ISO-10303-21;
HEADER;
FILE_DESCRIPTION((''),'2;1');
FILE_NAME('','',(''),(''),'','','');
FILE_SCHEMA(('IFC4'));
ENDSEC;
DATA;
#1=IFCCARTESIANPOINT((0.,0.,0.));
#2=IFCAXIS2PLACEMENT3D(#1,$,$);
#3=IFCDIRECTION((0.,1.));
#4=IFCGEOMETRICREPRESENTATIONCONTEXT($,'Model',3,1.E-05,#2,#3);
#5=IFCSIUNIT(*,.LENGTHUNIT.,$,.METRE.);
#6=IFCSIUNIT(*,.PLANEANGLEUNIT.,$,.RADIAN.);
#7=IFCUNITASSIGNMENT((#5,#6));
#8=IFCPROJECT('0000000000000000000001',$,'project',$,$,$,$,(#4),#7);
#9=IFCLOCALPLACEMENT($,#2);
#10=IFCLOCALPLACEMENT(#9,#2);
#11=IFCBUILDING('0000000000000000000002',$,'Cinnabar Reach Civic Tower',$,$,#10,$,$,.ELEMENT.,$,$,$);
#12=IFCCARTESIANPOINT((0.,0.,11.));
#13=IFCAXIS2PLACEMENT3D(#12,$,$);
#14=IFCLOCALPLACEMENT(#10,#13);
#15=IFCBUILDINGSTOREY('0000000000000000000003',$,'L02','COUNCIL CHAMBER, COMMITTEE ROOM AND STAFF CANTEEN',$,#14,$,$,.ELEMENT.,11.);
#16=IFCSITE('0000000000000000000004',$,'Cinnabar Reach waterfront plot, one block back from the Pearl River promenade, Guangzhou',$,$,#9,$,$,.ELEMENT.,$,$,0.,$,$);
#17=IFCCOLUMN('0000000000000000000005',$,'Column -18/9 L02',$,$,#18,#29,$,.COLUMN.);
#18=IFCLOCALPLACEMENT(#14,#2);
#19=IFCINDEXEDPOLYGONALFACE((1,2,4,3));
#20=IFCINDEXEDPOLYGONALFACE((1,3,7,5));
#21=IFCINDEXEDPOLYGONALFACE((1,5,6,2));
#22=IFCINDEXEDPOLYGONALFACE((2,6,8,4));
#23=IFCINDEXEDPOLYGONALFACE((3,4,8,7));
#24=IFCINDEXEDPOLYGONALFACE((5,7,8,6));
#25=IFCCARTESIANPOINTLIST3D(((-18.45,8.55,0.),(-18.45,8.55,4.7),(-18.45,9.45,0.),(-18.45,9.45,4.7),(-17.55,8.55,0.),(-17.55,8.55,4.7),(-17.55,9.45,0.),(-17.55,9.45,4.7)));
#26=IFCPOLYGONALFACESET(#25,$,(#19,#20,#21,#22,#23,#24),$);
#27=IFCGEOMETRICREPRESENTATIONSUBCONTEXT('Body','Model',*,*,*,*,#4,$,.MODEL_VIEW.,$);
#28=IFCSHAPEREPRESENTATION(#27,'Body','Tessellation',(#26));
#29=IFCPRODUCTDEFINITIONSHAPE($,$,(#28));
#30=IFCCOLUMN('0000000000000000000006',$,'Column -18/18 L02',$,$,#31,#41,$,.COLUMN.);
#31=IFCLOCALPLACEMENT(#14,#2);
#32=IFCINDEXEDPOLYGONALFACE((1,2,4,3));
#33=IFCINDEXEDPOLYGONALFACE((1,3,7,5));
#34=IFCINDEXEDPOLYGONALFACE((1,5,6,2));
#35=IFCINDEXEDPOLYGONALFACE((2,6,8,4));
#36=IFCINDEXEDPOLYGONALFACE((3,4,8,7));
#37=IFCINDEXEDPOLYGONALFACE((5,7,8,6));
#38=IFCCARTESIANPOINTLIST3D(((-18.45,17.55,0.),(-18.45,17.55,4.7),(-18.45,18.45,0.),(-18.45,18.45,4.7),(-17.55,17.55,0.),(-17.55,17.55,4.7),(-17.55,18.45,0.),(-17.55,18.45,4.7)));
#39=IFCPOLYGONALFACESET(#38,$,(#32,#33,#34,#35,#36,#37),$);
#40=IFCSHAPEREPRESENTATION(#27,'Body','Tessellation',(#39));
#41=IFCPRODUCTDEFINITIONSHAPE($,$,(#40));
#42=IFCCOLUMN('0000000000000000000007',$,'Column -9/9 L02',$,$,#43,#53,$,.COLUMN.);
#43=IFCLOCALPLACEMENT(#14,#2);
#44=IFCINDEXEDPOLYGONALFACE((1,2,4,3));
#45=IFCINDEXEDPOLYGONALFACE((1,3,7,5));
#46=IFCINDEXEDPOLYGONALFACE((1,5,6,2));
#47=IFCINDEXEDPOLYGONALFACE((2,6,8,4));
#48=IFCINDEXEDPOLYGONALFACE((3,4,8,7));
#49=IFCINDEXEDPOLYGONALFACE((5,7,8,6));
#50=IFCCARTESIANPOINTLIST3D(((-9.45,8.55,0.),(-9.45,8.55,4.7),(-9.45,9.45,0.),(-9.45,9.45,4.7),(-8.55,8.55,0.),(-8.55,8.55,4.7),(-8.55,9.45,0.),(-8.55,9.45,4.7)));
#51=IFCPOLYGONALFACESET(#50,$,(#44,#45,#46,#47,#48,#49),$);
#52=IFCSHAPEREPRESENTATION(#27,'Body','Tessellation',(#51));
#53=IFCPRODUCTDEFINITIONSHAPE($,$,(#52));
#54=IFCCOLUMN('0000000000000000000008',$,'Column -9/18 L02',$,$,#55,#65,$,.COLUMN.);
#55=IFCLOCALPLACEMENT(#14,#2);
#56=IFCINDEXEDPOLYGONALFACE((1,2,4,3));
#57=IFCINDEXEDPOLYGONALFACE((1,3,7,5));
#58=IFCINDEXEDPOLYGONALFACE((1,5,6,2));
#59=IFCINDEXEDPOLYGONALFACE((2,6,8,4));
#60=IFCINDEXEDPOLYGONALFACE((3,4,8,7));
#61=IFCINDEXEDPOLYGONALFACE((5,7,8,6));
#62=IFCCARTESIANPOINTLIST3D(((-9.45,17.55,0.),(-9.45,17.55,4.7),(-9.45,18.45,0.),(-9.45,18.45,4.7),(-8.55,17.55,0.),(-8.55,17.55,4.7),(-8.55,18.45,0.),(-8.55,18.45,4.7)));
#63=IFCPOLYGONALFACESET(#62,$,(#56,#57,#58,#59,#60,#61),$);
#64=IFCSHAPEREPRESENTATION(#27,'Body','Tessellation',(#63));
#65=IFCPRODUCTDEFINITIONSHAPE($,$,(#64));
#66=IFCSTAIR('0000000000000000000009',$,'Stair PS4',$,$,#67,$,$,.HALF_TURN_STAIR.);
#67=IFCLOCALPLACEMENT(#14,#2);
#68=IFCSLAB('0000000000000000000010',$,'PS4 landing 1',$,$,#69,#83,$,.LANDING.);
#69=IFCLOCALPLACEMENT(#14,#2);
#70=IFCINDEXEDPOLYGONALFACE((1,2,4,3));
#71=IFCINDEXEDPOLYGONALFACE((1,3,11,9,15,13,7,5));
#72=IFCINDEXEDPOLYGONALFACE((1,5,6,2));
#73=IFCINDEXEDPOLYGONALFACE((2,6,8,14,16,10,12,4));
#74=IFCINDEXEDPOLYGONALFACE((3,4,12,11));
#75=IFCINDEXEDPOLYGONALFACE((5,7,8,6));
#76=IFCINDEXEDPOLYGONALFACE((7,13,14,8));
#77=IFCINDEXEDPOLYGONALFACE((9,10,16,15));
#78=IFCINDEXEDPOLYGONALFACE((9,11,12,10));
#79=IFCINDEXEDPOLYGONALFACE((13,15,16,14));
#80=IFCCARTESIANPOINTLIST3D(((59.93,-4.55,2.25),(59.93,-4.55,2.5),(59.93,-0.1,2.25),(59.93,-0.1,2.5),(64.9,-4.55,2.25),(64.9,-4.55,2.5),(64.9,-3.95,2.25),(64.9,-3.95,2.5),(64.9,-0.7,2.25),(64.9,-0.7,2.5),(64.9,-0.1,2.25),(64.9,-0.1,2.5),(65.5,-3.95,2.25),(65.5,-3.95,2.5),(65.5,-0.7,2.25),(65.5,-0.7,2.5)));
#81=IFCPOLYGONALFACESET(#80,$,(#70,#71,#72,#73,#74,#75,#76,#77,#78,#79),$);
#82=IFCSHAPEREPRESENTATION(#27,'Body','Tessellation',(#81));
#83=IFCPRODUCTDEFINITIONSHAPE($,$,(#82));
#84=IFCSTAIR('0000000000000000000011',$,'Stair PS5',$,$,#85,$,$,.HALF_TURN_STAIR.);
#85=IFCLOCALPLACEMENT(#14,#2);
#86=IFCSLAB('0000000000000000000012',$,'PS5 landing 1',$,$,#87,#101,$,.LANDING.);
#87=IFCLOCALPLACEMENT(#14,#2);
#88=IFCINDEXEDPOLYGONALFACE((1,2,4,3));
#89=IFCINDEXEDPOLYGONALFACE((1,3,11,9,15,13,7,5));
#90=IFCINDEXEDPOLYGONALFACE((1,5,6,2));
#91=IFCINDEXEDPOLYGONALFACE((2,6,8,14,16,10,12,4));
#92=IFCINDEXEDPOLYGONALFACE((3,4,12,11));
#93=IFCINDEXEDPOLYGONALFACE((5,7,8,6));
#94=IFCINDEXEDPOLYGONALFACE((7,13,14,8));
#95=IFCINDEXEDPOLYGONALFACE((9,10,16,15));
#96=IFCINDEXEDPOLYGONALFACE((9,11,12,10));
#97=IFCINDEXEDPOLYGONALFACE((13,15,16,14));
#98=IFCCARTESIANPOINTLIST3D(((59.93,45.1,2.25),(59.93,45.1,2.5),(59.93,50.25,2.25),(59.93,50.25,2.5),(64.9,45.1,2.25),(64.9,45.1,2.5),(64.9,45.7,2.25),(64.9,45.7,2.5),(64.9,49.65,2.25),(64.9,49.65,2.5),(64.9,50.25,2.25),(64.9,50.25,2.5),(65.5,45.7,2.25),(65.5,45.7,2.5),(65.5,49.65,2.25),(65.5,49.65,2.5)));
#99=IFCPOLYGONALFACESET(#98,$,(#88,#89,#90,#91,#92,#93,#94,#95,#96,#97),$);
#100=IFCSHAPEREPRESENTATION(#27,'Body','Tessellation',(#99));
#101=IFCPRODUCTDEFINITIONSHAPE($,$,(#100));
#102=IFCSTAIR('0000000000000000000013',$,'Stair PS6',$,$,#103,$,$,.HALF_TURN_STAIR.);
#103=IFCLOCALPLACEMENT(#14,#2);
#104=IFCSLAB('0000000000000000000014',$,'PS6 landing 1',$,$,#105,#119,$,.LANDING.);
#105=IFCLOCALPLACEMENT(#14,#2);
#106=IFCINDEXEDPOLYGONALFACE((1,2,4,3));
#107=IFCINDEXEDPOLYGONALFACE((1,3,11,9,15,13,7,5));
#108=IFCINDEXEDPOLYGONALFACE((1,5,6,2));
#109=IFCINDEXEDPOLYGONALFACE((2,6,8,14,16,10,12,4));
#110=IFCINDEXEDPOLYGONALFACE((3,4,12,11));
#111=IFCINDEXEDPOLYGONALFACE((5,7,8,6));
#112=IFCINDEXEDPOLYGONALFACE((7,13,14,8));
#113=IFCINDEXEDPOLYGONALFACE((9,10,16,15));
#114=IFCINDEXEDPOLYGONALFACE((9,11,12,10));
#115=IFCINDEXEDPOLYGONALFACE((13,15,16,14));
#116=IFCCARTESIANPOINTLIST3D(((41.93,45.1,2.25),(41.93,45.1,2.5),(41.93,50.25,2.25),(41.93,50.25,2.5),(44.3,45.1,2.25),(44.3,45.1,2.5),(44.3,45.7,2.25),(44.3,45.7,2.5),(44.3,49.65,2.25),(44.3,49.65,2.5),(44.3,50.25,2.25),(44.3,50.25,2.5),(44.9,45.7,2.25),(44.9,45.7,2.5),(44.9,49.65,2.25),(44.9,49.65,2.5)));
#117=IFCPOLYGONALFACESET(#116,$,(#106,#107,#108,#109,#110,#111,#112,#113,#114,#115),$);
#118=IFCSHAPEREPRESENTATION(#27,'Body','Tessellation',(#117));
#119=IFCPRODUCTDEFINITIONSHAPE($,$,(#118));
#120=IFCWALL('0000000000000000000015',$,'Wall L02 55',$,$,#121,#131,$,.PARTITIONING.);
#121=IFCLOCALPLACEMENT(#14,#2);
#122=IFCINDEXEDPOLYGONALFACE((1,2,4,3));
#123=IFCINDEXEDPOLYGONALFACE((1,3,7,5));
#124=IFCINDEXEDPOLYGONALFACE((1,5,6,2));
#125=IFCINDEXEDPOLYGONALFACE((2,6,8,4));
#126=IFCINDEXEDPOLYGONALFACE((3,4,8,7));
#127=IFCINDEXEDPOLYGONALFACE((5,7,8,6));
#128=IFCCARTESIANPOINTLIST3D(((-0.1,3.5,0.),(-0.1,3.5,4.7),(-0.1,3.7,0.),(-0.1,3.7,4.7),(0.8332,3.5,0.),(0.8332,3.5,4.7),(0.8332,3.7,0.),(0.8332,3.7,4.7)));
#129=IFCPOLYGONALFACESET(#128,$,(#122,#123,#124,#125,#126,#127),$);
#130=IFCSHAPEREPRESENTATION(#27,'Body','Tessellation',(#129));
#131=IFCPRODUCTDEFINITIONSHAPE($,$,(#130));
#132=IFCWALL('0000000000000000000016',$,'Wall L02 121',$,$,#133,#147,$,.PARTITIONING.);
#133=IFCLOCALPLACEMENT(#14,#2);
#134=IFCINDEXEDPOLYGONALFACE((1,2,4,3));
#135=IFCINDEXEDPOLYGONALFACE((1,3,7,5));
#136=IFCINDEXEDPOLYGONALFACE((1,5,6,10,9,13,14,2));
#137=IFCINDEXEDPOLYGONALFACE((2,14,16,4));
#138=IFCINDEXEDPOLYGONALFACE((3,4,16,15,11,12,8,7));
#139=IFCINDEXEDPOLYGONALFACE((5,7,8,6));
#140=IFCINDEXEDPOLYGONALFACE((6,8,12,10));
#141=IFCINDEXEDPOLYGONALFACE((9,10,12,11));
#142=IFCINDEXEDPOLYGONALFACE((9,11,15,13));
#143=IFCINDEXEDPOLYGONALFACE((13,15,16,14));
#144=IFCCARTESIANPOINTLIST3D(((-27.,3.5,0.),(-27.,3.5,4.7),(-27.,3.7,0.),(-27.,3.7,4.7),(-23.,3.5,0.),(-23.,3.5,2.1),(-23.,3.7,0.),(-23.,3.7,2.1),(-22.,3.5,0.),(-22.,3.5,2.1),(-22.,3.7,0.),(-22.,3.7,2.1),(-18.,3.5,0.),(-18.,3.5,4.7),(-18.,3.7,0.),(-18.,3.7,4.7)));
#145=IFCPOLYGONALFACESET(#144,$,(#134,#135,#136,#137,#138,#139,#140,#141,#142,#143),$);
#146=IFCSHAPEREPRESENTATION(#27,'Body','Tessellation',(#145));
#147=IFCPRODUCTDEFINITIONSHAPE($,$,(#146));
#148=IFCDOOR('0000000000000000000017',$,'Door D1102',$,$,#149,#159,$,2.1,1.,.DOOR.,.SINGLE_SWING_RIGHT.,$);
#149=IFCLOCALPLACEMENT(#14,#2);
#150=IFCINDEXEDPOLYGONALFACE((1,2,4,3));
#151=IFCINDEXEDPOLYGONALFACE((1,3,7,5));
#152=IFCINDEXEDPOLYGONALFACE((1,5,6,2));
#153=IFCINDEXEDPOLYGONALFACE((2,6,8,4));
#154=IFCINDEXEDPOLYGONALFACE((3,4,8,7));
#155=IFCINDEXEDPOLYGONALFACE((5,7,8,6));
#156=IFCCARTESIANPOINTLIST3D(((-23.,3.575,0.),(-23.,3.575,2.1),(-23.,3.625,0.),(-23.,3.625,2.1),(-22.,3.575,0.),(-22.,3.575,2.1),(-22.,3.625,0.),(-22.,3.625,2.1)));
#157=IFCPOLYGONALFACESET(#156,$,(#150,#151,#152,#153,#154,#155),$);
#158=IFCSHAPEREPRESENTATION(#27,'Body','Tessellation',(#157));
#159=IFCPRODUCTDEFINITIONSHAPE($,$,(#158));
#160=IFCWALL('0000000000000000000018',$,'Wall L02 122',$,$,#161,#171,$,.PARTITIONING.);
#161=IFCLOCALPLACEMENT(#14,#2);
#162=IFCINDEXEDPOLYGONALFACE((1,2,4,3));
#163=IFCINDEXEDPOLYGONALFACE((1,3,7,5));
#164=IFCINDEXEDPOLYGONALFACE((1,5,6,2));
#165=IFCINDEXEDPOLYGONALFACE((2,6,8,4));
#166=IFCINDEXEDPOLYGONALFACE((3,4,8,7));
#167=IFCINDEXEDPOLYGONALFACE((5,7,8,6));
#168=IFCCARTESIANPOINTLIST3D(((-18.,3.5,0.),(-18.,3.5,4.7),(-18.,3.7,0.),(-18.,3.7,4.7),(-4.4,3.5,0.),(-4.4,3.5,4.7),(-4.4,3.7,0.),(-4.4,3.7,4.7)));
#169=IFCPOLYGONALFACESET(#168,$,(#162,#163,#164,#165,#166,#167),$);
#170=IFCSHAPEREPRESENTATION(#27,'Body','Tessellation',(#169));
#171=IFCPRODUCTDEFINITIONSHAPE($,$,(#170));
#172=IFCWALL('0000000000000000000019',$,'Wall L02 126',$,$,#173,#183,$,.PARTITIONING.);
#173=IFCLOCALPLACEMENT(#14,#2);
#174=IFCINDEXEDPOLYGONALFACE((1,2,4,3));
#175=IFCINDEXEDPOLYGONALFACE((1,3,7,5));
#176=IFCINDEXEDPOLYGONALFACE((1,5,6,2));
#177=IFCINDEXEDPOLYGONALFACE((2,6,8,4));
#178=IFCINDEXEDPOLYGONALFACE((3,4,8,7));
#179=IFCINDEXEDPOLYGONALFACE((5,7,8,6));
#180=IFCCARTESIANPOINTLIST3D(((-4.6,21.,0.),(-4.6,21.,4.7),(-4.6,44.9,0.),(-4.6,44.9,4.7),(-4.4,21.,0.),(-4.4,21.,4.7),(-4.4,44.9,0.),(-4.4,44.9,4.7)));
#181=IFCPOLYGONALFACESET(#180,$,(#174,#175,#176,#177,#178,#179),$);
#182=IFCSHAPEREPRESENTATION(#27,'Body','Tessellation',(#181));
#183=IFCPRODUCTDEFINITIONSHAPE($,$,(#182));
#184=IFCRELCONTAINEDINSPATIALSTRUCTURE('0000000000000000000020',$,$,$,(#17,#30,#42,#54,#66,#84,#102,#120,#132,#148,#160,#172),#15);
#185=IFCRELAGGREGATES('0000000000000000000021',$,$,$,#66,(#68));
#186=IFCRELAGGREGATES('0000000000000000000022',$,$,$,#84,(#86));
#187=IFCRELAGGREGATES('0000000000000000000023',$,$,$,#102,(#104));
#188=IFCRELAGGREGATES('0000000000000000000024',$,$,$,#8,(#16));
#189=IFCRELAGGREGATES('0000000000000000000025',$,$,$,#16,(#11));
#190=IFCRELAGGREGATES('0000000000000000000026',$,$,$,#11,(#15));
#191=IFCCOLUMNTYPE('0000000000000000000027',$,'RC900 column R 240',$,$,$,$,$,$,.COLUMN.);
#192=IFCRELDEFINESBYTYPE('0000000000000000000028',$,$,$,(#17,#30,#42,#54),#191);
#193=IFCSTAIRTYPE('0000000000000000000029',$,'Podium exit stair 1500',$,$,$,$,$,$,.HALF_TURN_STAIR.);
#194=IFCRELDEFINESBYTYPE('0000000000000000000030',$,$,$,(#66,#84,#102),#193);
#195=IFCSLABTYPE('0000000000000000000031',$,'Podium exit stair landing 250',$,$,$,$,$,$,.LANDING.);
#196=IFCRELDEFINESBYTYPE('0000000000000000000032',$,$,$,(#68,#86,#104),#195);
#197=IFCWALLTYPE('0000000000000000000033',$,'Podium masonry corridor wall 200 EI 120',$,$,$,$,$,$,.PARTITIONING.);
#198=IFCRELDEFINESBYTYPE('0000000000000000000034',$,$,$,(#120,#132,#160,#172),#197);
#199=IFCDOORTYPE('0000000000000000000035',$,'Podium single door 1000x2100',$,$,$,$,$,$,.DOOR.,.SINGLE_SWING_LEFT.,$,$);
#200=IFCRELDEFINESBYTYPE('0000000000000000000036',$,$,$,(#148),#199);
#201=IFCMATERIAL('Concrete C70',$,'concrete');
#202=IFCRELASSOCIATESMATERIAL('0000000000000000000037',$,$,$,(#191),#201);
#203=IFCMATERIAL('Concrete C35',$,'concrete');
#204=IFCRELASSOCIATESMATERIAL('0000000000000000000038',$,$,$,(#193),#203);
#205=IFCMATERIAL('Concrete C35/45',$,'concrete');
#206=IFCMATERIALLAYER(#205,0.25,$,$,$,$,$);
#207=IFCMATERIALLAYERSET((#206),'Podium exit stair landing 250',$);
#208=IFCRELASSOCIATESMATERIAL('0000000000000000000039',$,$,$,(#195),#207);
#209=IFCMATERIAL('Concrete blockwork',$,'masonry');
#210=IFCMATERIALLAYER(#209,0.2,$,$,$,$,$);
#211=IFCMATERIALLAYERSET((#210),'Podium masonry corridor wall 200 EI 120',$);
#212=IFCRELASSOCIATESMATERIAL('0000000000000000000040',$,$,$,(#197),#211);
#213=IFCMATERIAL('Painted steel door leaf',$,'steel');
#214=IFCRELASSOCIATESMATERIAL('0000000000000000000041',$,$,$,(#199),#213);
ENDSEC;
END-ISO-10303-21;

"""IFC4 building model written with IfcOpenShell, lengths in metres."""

from ifc_helpers import new_model, si_unit, direction, frame, frame_2d, origin, origin_2d, place, context, subcontext, project, spatial, polyline, rectangle, outline, extrude, material, layer, layer_set, material_profile, profile_set, type_object, element, fill, aggregate, save


model = new_model("IFC4")

# Units and contexts
model_context = context("Model", 3, precision=1e-05, world=origin(), true_north=direction((0.0, 1.0)))
body_context = subcontext(model_context, "Body", "Model", "MODEL_VIEW")
ifc_project = project(units=[si_unit("LENGTHUNIT", "METRE"), si_unit("PLANEANGLEUNIT", "RADIAN")], contexts=[model_context])

# Site, building, storey
site_placement = place(None, origin())
site = spatial("IfcSite", under=ifc_project, at=site_placement, Name="Cinnabar Reach waterfront plot, one block back from the Pearl River promenade, Guangzhou", CompositionType="ELEMENT", RefElevation=0.0)
building_placement = place(site_placement, origin())
building = spatial("IfcBuilding", under=site, at=building_placement, Name="Cinnabar Reach Civic Tower", CompositionType="ELEMENT")
storey_placement = place(building_placement, frame((0.0, 0.0, 11.0)))
storey = spatial("IfcBuildingStorey", under=building, at=storey_placement, Name="L02", Description="COUNCIL CHAMBER, COMMITTEE ROOM AND STAFF CANTEEN", CompositionType="ELEMENT", Elevation=11.0)

# Columns
ifc_material_1 = material(Name="Concrete C70", Category="concrete")
ifc_material_profile = material_profile(ifc_material_1, rectangle(XDim=0.9, YDim=0.9, at=origin_2d()), Name="RC900")
ifc_profile_set = profile_set([ifc_material_profile], Name="Concrete C70")
column_type = type_object("IfcColumnType", Name="RC900 column R 240", PredefinedType="COLUMN", material=ifc_profile_set)
for number, where, z_axis, x_axis, name in (
    (1, (-18.0, 9.0, 0.0), (0.0, 0.0, 1.0), (1.0, 0.0, 0.0), "Column -18/9 L02"),
    (2, (-18.0, 18.0, 0.0), (0.0, 0.0, 1.0), (1.0, 0.0, 0.0), "Column -18/18 L02"),
    (3, (-9.0, 9.0, 0.0), (0.0, 0.0, 1.0), (1.0, 0.0, 0.0), "Column -9/9 L02"),
    (4, (-9.0, 18.0, 0.0), (0.0, 0.0, 1.0), (1.0, 0.0, 0.0), "Column -9/18 L02"),
):
    element("IfcColumn", number, at=place(storey_placement, frame(where, z_axis=z_axis, x_axis=x_axis)), inside=storey, type_object=column_type, Name=name, PredefinedType="COLUMN", context=body_context, shape_type="SweptSolid", body=[
        extrude(rectangle(XDim=0.9, YDim=0.9, at=origin_2d()), origin(), (0.0, 0.0, 1.0), 4.7),
    ])

# Stairs, slabs
ifc_material_2 = material(Name="Concrete C35", Category="concrete")
stair_type = type_object("IfcStairType", Name="Podium exit stair 1500", PredefinedType="HALF_TURN_STAIR", material=ifc_material_2)
stair_1_placement = place(storey_placement, origin())
stair_1 = element("IfcStair", 5, at=stair_1_placement, inside=storey, type_object=stair_type, Name="Stair PS4", PredefinedType="HALF_TURN_STAIR")
ifc_material_3 = material(Name="Concrete C35/45", Category="concrete")
ifc_layer_1 = layer(ifc_material_3, 0.25)
ifc_layer_set_1 = layer_set([ifc_layer_1], Name="Podium exit stair landing 250")
slab_type = type_object("IfcSlabType", Name="Podium exit stair landing 250", PredefinedType="LANDING", material=ifc_layer_set_1)
slab_1_placement = place(storey_placement, frame((0.0, 0.0, 2.25)))
slab_1 = element("IfcSlab", 6, at=slab_1_placement, type_object=slab_type, Name="PS4 landing 1", PredefinedType="LANDING", context=body_context, shape_type="SweptSolid", body=[
    extrude(outline(polyline([(65.5, -3.95), (64.9, -3.95), (64.9, -4.55), (59.93, -4.55), (59.93, -0.1), (64.9, -0.1), (64.9, -0.7), (65.5, -0.7), (65.5, -3.95)])), origin(), (0.0, 0.0, 1.0), 0.25),
])
aggregate(stair_1, [slab_1])
stair_2_placement = place(storey_placement, origin())
stair_2 = element("IfcStair", 7, at=stair_2_placement, inside=storey, type_object=stair_type, Name="Stair PS5", PredefinedType="HALF_TURN_STAIR")
slab_2_placement = place(storey_placement, frame((0.0, 0.0, 2.25)))
slab_2 = element("IfcSlab", 8, at=slab_2_placement, type_object=slab_type, Name="PS5 landing 1", PredefinedType="LANDING", context=body_context, shape_type="SweptSolid", body=[
    extrude(outline(polyline([(65.5, 45.7), (64.9, 45.7), (64.9, 45.1), (59.93, 45.1), (59.93, 50.25), (64.9, 50.25), (64.9, 49.65), (65.5, 49.65), (65.5, 45.7)])), origin(), (0.0, 0.0, 1.0), 0.25),
])
aggregate(stair_2, [slab_2])
stair_3_placement = place(storey_placement, origin())
stair_3 = element("IfcStair", 9, at=stair_3_placement, inside=storey, type_object=stair_type, Name="Stair PS6", PredefinedType="HALF_TURN_STAIR")
slab_3_placement = place(storey_placement, frame((0.0, 0.0, 2.25)))
slab_3 = element("IfcSlab", 10, at=slab_3_placement, type_object=slab_type, Name="PS6 landing 1", PredefinedType="LANDING", context=body_context, shape_type="SweptSolid", body=[
    extrude(outline(polyline([(44.9, 45.7), (44.3, 45.7), (44.3, 45.1), (41.93, 45.1), (41.93, 50.25), (44.3, 50.25), (44.3, 49.65), (44.9, 49.65), (44.9, 45.7)])), origin(), (0.0, 0.0, 1.0), 0.25),
])
aggregate(stair_3, [slab_3])

# Wall
ifc_material_4 = material(Name="Concrete blockwork", Category="masonry")
ifc_layer_2 = layer(ifc_material_4, 0.2)
ifc_layer_set_2 = layer_set([ifc_layer_2], Name="Podium masonry corridor wall 200 EI 120")
wall_type_1 = type_object("IfcWallType", Name="Podium masonry corridor wall 200 EI 120", PredefinedType="PARTITIONING", material=ifc_layer_set_2)
wall_1_placement = place(storey_placement, frame((-0.1, 3.6, 0.0), z_axis=(0.0, 0.0, 1.0), x_axis=(1.0, 0.0, 0.0)))
element("IfcWall", 11, at=wall_1_placement, inside=storey, type_object=wall_type_1, Name="Wall L02 55", PredefinedType="PARTITIONING", context=body_context, shape_type="SweptSolid", body=[
    extrude(rectangle(XDim=0.9331, YDim=0.2, at=frame_2d((0.4666, 0.0))), origin(), (0.0, 0.0, 1.0), 4.7),
])

# Wall, opening, door
wall_2_placement = place(storey_placement, frame((-27.0, 3.6, 0.0), z_axis=(0.0, 0.0, 1.0), x_axis=(1.0, 0.0, 0.0)))
wall_2 = element("IfcWall", 12, at=wall_2_placement, inside=storey, type_object=wall_type_1, Name="Wall L02 121", PredefinedType="PARTITIONING", context=body_context, shape_type="SweptSolid", body=[
    extrude(rectangle(XDim=9.0, YDim=0.2, at=frame_2d((4.5, 0.0))), origin(), (0.0, 0.0, 1.0), 4.7),
])
opening_1_placement = place(wall_2_placement, frame((4.0, 0.0, 0.0)))
opening_1 = element("IfcOpeningElement", 13, at=opening_1_placement, cuts=wall_2, PredefinedType="OPENING", context=body_context, shape_type="SweptSolid", body=[
    extrude(rectangle(XDim=1.0, YDim=2.1, at=frame_2d((0.5, 1.05))), frame((0.0, 0.11, 0.0), z_axis=(0.0, -1.0, 0.0), x_axis=(1.0, 0.0, 0.0)), (0.0, 0.0, 1.0), 0.22),
])
ifc_material_5 = material(Name="Painted steel door leaf", Category="steel")
door_type_1 = type_object("IfcDoorType", Name="Podium single door 1000x2100", OperationType="SINGLE_SWING_LEFT", PredefinedType="DOOR", material=ifc_material_5)
door_1_placement = place(opening_1_placement, origin())
door_1 = element("IfcDoor", 14, at=door_1_placement, inside=storey, type_object=door_type_1, Name="Door D1102", OperationType="SINGLE_SWING_RIGHT", OverallHeight=2.1, OverallWidth=1.0, PredefinedType="DOOR", context=body_context, shape_type="SweptSolid", body=[
    extrude(rectangle(XDim=1.0, YDim=2.1, at=frame_2d((0.5, 1.05))), frame((0.0, 0.025, 0.0), z_axis=(0.0, -1.0, 0.0), x_axis=(1.0, 0.0, 0.0)), (0.0, 0.0, 1.0), 0.05),
])
fill(opening_1, door_1)

# Walls
wall_3_placement = place(storey_placement, frame((-18.0, 3.6, 0.0), z_axis=(0.0, 0.0, 1.0), x_axis=(1.0, 0.0, 0.0)))
element("IfcWall", 15, at=wall_3_placement, inside=storey, type_object=wall_type_1, Name="Wall L02 122", PredefinedType="PARTITIONING", context=body_context, shape_type="SweptSolid", body=[
    extrude(rectangle(XDim=13.6, YDim=0.2, at=frame_2d((6.8, 0.0))), origin(), (0.0, 0.0, 1.0), 4.7),
])
wall_4_placement = place(storey_placement, frame((-4.5, 21.0, 0.0), z_axis=(0.0, 0.0, 1.0), x_axis=(0.0, 1.0, 0.0)))
element("IfcWall", 16, at=wall_4_placement, inside=storey, type_object=wall_type_1, Name="Wall L02 126", PredefinedType="PARTITIONING", context=body_context, shape_type="SweptSolid", body=[
    extrude(rectangle(XDim=23.9, YDim=0.2, at=frame_2d((11.95, 0.0))), origin(), (0.0, 0.0, 1.0), 4.7),
])

save(model, "model.ifc")
